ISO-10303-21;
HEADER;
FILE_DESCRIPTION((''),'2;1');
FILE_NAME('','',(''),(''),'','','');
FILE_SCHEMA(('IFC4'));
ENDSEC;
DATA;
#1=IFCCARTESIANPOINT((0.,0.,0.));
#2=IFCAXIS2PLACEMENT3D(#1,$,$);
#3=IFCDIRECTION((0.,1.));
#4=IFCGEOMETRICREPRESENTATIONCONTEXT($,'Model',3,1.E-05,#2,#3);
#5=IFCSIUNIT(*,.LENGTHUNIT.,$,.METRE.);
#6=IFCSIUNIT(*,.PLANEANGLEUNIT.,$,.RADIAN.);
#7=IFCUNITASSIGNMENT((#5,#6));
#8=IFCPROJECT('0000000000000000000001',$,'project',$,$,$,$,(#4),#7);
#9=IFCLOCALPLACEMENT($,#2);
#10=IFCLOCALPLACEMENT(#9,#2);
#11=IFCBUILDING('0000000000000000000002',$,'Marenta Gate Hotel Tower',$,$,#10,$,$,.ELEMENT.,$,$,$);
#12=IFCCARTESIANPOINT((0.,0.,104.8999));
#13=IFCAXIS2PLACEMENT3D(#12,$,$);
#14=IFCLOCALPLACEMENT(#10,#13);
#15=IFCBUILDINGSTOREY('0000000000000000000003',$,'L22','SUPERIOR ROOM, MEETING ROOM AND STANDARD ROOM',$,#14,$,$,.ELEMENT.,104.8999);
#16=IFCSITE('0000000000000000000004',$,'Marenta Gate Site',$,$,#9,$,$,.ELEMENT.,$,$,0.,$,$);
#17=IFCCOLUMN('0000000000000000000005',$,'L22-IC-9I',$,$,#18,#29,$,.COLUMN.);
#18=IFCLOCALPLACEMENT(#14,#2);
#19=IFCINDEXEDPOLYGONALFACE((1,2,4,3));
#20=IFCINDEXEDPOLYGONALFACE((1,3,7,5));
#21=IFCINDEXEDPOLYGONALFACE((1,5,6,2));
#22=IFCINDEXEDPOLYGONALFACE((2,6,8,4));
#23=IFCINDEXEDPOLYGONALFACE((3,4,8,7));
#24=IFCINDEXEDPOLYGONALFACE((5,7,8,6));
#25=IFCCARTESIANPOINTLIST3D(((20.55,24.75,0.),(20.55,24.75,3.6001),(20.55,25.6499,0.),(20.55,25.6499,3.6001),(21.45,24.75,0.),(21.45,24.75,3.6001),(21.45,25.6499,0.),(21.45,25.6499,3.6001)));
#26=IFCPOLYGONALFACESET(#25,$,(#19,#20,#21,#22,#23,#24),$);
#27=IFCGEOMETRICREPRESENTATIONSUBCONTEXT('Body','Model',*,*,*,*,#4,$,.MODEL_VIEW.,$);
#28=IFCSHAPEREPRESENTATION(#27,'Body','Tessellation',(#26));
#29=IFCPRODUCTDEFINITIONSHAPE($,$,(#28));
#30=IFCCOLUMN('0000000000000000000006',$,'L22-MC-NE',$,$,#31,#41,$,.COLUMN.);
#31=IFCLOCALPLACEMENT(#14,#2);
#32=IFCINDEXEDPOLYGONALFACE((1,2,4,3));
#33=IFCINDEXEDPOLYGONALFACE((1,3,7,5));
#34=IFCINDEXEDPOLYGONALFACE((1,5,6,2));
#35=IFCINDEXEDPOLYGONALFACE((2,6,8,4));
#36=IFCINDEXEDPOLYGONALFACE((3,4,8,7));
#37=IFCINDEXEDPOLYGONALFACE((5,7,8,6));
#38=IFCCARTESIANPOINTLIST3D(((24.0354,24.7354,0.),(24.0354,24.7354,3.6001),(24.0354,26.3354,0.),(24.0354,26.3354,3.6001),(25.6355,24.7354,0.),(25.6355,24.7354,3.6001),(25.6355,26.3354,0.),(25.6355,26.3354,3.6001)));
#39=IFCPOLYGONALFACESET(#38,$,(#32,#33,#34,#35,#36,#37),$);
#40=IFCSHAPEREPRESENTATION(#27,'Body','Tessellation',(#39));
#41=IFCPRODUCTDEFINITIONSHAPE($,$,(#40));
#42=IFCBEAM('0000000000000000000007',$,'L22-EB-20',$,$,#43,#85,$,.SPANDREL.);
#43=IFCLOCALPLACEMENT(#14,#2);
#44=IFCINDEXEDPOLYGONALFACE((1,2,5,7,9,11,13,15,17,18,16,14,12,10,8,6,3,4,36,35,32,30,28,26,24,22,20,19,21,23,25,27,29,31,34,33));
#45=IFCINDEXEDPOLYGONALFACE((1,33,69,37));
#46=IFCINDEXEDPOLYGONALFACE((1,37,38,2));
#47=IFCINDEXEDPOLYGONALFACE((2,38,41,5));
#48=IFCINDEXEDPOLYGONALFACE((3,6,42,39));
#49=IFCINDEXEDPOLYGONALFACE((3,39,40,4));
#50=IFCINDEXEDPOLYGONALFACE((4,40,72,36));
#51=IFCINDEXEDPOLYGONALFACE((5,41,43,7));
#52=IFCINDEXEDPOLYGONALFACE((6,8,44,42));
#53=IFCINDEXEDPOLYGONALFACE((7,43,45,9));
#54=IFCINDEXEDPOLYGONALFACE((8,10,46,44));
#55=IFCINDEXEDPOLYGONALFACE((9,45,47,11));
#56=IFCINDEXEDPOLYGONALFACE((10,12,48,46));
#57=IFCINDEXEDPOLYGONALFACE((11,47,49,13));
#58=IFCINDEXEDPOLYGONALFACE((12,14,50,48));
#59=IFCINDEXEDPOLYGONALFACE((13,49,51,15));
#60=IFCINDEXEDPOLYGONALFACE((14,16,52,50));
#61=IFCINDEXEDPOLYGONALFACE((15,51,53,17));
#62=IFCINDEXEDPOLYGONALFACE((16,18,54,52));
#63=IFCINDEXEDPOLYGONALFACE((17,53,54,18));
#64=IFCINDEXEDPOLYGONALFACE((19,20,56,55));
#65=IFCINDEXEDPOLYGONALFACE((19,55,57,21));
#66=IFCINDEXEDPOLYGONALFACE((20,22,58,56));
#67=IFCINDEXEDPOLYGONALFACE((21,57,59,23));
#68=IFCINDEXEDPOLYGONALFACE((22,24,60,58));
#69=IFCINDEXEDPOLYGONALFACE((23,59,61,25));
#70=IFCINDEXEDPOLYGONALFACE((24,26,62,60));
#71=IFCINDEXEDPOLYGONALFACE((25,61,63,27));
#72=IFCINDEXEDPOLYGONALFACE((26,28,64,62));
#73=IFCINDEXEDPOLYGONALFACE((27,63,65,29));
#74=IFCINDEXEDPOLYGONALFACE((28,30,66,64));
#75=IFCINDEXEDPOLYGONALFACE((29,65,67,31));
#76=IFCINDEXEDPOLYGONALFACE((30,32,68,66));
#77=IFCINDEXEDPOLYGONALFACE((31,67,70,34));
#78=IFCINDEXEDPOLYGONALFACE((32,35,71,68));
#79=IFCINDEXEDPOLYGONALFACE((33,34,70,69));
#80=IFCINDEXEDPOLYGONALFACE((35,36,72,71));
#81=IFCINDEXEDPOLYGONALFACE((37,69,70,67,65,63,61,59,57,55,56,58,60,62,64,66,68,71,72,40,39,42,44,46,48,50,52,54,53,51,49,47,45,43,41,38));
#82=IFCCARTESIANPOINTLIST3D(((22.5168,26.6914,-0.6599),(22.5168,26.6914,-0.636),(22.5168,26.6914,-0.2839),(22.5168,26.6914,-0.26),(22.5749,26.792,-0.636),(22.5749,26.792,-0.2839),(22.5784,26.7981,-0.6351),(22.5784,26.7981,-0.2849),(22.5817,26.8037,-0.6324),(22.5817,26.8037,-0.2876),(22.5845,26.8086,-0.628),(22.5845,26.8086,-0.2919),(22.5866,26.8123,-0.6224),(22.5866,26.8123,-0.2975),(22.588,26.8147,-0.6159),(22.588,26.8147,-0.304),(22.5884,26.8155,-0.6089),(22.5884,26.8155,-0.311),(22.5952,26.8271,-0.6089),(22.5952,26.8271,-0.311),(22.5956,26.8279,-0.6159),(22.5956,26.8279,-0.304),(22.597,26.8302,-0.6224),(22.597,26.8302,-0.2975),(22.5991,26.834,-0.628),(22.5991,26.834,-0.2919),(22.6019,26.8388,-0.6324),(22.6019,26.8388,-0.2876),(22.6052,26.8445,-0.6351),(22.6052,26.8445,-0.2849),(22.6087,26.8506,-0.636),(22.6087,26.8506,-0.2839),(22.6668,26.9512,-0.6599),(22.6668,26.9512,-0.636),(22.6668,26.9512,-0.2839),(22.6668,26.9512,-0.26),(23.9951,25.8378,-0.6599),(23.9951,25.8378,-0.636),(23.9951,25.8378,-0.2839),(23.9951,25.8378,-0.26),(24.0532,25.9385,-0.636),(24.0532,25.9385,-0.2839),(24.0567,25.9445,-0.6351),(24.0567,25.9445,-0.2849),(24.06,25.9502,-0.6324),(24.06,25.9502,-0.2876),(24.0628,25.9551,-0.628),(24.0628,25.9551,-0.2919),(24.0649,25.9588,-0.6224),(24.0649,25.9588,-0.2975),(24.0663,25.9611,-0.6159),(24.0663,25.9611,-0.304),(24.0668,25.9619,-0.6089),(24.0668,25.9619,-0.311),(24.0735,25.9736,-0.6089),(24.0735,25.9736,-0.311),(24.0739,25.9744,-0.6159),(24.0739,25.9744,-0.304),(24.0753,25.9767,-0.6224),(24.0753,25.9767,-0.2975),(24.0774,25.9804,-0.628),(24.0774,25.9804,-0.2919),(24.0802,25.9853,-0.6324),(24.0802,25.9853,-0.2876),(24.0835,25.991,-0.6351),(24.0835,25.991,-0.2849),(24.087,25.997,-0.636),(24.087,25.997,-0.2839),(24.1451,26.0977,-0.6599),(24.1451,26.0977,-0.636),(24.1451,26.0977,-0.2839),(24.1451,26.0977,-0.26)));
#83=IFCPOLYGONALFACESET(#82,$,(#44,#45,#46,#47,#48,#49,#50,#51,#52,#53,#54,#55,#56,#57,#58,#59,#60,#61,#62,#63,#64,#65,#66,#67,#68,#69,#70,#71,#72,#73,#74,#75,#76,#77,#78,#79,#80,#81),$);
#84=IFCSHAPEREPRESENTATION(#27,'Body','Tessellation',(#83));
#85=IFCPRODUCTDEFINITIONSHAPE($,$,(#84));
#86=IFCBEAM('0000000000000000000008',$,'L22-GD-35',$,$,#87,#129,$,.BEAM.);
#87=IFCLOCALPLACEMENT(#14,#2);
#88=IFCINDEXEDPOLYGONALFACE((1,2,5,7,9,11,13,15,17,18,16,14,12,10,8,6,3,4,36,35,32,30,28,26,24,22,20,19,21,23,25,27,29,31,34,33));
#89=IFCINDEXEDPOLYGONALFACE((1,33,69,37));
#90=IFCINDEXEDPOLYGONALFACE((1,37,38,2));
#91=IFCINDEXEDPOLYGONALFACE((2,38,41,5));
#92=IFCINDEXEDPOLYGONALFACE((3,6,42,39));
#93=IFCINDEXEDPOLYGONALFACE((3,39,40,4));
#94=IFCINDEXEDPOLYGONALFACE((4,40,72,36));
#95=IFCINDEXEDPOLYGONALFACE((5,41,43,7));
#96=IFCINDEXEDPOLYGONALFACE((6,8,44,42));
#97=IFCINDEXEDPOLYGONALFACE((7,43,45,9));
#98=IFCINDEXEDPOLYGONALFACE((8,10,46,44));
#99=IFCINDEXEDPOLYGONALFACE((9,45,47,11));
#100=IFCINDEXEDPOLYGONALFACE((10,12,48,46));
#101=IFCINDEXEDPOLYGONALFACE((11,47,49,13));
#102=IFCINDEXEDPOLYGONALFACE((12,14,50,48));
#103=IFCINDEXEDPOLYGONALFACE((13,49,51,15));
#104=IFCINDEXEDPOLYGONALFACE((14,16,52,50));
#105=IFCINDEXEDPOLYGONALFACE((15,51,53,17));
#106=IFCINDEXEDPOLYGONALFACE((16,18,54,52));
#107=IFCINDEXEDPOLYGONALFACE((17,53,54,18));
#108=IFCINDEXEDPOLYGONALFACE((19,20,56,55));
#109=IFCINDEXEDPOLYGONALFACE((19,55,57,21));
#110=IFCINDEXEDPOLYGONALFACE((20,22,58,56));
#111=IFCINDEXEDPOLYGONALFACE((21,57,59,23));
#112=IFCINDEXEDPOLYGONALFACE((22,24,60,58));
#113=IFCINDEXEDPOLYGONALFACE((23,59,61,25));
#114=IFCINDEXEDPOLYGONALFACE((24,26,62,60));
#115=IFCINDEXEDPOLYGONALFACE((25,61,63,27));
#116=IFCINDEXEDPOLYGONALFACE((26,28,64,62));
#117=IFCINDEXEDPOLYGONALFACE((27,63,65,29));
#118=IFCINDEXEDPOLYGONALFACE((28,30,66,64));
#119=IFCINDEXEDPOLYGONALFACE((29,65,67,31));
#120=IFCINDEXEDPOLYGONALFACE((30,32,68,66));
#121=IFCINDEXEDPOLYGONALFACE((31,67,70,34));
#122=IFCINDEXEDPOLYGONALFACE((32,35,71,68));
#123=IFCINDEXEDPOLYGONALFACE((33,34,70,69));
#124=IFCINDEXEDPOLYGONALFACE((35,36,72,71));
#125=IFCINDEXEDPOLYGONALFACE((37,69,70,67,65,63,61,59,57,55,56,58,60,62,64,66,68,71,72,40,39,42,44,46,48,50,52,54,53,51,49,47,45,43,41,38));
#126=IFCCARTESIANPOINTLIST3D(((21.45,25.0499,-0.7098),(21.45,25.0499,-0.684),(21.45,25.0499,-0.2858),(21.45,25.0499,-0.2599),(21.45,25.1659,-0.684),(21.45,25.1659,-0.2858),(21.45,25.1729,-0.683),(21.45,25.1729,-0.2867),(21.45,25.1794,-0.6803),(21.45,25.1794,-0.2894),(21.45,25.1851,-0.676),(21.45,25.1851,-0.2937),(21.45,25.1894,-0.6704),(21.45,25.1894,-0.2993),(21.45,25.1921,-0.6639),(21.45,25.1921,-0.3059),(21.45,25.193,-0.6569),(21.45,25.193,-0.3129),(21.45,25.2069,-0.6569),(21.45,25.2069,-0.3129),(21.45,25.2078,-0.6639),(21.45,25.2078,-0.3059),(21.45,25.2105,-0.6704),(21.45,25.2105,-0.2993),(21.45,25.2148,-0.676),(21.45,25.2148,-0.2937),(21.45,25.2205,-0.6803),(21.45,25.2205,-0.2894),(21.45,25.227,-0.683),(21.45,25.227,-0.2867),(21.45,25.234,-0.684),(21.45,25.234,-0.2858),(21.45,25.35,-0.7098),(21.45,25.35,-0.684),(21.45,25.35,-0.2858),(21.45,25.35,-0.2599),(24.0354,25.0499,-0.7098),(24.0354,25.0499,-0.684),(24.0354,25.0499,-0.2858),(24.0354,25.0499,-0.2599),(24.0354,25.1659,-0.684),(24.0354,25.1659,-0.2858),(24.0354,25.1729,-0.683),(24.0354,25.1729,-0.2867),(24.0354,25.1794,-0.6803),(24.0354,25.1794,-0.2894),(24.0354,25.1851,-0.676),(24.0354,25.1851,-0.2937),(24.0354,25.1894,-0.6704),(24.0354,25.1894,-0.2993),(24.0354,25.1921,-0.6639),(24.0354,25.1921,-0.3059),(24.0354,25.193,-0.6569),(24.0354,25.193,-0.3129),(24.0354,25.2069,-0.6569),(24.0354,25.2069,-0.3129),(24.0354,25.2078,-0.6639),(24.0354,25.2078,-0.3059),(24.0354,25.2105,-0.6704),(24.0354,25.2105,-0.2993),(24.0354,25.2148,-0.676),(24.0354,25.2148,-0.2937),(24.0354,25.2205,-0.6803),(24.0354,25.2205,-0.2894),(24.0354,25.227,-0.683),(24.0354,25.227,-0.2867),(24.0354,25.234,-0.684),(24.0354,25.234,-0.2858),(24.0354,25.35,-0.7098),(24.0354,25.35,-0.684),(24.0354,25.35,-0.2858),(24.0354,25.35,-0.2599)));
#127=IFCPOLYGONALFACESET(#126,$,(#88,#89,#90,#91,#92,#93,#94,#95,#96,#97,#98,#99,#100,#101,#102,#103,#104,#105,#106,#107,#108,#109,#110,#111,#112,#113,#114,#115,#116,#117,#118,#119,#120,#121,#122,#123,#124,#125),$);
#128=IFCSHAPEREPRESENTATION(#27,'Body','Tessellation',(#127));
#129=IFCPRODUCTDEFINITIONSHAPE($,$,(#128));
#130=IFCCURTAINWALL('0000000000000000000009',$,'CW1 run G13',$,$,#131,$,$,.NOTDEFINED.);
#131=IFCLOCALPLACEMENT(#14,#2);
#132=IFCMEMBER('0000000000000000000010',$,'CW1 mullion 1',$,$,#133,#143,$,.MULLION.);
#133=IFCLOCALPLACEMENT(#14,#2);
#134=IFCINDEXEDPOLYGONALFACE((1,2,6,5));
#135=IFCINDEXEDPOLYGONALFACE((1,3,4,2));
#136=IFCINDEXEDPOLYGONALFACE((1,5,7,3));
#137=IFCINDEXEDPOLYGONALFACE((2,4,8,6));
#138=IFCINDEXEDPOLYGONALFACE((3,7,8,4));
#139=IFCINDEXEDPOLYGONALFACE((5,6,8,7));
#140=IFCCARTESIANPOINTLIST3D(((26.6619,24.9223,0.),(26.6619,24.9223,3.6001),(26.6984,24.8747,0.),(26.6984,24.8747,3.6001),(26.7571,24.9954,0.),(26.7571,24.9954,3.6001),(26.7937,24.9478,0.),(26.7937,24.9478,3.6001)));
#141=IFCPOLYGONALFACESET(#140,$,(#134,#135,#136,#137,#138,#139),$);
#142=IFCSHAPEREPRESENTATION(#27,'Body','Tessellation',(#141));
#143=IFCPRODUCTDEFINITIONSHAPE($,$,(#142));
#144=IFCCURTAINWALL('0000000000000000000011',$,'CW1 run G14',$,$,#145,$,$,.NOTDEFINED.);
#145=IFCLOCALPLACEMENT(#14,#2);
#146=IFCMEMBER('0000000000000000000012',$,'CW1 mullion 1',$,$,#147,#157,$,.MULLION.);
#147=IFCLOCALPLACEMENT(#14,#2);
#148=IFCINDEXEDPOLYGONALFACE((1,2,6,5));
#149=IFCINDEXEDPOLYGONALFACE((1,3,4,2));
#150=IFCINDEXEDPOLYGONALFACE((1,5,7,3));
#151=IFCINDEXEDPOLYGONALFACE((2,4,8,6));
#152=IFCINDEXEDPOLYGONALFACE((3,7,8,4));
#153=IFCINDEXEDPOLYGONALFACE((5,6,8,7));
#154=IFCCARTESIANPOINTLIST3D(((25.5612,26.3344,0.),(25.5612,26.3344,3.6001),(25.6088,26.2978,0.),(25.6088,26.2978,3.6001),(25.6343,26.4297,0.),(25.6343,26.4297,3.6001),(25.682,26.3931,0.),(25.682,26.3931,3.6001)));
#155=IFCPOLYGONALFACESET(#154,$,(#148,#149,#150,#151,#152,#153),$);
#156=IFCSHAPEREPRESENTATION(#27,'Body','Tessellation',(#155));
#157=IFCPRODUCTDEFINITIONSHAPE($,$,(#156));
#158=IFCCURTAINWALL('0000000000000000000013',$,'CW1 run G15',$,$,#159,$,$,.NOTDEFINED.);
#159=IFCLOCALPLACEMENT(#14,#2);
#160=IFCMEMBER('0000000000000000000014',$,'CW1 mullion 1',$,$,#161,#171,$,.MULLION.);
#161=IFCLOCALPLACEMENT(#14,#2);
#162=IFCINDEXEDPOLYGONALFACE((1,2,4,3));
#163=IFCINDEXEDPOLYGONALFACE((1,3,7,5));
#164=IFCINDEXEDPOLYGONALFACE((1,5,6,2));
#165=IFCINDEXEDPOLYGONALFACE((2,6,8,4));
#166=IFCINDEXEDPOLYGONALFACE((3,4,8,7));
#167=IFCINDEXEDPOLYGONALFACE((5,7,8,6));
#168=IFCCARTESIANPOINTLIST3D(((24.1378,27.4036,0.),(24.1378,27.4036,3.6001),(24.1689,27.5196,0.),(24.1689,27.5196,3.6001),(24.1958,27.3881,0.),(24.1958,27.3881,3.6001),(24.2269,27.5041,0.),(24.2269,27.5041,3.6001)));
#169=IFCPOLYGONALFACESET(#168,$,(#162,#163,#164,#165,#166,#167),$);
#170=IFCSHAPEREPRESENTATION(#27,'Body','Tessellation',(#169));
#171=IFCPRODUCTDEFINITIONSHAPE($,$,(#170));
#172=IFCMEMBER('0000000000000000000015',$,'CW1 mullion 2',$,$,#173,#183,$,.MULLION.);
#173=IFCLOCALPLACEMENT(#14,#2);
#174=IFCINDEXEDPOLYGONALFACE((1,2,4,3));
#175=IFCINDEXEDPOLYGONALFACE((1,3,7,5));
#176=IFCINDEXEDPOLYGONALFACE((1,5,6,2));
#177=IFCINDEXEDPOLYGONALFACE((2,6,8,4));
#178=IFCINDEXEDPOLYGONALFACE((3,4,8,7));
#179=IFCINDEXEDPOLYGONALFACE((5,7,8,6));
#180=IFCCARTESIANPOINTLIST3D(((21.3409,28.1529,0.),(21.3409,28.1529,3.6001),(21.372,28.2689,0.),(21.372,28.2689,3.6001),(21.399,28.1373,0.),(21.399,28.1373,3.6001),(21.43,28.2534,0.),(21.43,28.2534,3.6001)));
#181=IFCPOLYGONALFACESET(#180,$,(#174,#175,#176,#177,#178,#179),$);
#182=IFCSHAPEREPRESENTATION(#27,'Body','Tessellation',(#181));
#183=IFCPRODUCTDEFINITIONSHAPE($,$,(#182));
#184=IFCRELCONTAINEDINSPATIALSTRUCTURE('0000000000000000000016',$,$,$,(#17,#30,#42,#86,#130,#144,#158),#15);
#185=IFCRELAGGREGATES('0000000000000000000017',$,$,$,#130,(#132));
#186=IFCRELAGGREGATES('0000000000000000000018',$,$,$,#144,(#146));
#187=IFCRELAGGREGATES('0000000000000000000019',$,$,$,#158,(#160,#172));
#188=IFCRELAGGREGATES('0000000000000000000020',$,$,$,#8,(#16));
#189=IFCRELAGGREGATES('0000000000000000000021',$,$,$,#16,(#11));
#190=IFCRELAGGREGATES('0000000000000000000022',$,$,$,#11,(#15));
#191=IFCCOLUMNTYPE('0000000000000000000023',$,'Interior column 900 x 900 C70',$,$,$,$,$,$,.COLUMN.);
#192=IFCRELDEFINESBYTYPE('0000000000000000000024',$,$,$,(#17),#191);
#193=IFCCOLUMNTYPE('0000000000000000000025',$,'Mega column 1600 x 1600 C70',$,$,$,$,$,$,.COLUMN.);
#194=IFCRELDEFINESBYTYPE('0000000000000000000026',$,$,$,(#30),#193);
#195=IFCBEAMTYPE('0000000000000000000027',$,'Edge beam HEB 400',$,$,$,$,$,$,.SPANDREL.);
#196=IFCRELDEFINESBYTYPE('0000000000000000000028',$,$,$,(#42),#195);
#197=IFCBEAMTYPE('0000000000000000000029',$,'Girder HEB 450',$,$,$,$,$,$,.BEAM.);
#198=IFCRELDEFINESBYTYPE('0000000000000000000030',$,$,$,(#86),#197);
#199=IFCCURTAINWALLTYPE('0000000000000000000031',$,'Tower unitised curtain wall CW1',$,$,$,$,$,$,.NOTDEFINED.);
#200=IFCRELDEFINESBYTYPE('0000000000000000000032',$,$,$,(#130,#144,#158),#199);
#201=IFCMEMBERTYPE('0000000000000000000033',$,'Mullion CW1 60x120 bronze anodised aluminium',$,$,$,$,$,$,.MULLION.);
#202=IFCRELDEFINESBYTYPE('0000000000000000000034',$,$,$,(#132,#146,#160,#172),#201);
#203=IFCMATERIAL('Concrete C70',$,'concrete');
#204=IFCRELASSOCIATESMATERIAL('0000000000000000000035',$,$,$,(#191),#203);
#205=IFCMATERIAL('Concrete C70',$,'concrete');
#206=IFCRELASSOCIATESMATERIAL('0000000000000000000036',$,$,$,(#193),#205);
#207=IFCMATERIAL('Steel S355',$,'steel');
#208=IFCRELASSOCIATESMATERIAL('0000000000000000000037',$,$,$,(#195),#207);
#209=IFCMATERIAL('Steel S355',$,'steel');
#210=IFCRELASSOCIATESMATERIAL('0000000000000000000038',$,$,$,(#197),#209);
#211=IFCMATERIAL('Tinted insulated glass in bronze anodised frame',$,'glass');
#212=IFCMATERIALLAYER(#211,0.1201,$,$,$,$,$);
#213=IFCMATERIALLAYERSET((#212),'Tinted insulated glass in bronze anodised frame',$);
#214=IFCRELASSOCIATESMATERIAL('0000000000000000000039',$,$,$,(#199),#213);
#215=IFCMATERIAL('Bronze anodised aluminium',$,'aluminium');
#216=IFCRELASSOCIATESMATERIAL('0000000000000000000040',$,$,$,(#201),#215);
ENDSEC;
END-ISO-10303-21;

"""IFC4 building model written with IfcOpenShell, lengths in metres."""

from ifc_helpers import new_model, si_unit, direction, frame, origin, origin_2d, place, context, subcontext, project, spatial, rectangle, i_section, extrude, material, layer, layer_set, material_profile, profile_set, type_object, element, aggregate, save


model = new_model("IFC4")

# Units and contexts
model_context = context("Model", 3, precision=1e-05, world=origin(), true_north=direction((0.0, 1.0)))
body_context = subcontext(model_context, "Body", "Model", "MODEL_VIEW")
ifc_project = project(units=[si_unit("LENGTHUNIT", "METRE"), si_unit("PLANEANGLEUNIT", "RADIAN")], contexts=[model_context])

# Site, building, storey
site_placement = place(None, origin())
site = spatial("IfcSite", under=ifc_project, at=site_placement, Name="Marenta Gate Site", CompositionType="ELEMENT", RefElevation=0.0)
building_placement = place(site_placement, origin())
building = spatial("IfcBuilding", under=site, at=building_placement, Name="Marenta Gate Hotel Tower", CompositionType="ELEMENT")
storey_placement = place(building_placement, frame((0.0, 0.0, 104.8999)))
storey = spatial("IfcBuildingStorey", under=building, at=storey_placement, Name="L22", Description="SUPERIOR ROOM, MEETING ROOM AND STANDARD ROOM", CompositionType="ELEMENT", Elevation=104.8999)

# Columns
ifc_material_1 = material(Name="Concrete C70", Category="concrete")
ifc_material_profile_1 = material_profile(ifc_material_1, rectangle(XDim=0.8999, YDim=0.8999, at=origin_2d()), Name="900 x 900")
ifc_profile_set_1 = profile_set([ifc_material_profile_1], Name="Concrete C70")
column_type_1 = type_object("IfcColumnType", Name="Interior column 900 x 900 C70", PredefinedType="COLUMN", material=ifc_profile_set_1)
column_1_placement = place(storey_placement, frame((21.0, 25.2, 0.0), z_axis=(0.0, 0.0, 1.0), x_axis=(1.0, 0.0, 0.0)))
element("IfcColumn", 1, at=column_1_placement, inside=storey, type_object=column_type_1, Name="L22-IC-9I", PredefinedType="COLUMN", context=body_context, shape_type="SweptSolid", body=[
    extrude(rectangle(XDim=0.8999, YDim=0.8999, at=origin_2d()), origin(), (0.0, 0.0, 1.0), 3.6001),
])
ifc_material_2 = material(Name="Concrete C70", Category="concrete")
ifc_material_profile_2 = material_profile(ifc_material_2, rectangle(XDim=1.6001, YDim=1.6001, at=origin_2d()), Name="1600 x 1600")
ifc_profile_set_2 = profile_set([ifc_material_profile_2], Name="Concrete C70")
column_type_2 = type_object("IfcColumnType", Name="Mega column 1600 x 1600 C70", PredefinedType="COLUMN", material=ifc_profile_set_2)
column_2_placement = place(storey_placement, frame((24.8354, 25.5354, 0.0), z_axis=(0.0, 0.0, 1.0), x_axis=(1.0, 0.0, 0.0)))
element("IfcColumn", 2, at=column_2_placement, inside=storey, type_object=column_type_2, Name="L22-MC-NE", PredefinedType="COLUMN", context=body_context, shape_type="SweptSolid", body=[
    extrude(rectangle(XDim=1.6001, YDim=1.6001, at=origin_2d()), origin(), (0.0, 0.0, 1.0), 3.6001),
])

# Beams
ifc_material_3 = material(Name="Steel S355", Category="steel")
ifc_material_profile_3 = material_profile(ifc_material_3, i_section(OverallWidth=0.3, OverallDepth=0.3999, WebThickness=0.0134, FlangeThickness=0.0239, FilletRadius=0.0271, at=origin_2d()), Name="HEB 400")
ifc_profile_set_3 = profile_set([ifc_material_profile_3], Name="Steel S355")
beam_type_1 = type_object("IfcBeamType", Name="Edge beam HEB 400", PredefinedType="SPANDREL", material=ifc_profile_set_3)
beam_1_placement = place(storey_placement, frame((22.5918, 26.8213, -0.46), z_axis=(0.866016, -0.500015, 0.0), x_axis=(0.500015, 0.866016, 0.0)))
element("IfcBeam", 3, at=beam_1_placement, inside=storey, type_object=beam_type_1, Name="L22-EB-20", PredefinedType="SPANDREL", context=body_context, shape_type="SweptSolid", body=[
    extrude(i_section(OverallWidth=0.3, OverallDepth=0.3999, WebThickness=0.0134, FlangeThickness=0.0239, FilletRadius=0.0271, at=origin_2d()), origin(), (0.0, 0.0, 1.0), 1.707),
])
ifc_material_4 = material(Name="Steel S355", Category="steel")
ifc_material_profile_4 = material_profile(ifc_material_4, i_section(OverallWidth=0.3, OverallDepth=0.45, WebThickness=0.0139, FlangeThickness=0.0259, FilletRadius=0.0271, at=origin_2d()), Name="HEB 450")
ifc_profile_set_4 = profile_set([ifc_material_profile_4], Name="Steel S355")
beam_type_2 = type_object("IfcBeamType", Name="Girder HEB 450", PredefinedType="BEAM", material=ifc_profile_set_4)
beam_2_placement = place(storey_placement, frame((21.45, 25.2, -0.4849), z_axis=(1.0, 0.0, 0.0), x_axis=(0.0, 1.0, 0.0)))
element("IfcBeam", 4, at=beam_2_placement, inside=storey, type_object=beam_type_2, Name="L22-GD-35", PredefinedType="BEAM", context=body_context, shape_type="SweptSolid", body=[
    extrude(i_section(OverallWidth=0.3, OverallDepth=0.45, WebThickness=0.0139, FlangeThickness=0.0259, FilletRadius=0.0271, at=origin_2d()), origin(), (0.0, 0.0, 1.0), 2.5854),
])

# Curtain walls, members
ifc_material_5 = material(Name="Tinted insulated glass in bronze anodised frame", Category="glass")
ifc_layer_1 = layer(ifc_material_5, 0.1201)
ifc_layer_set_1 = layer_set([ifc_layer_1], Name="Tinted insulated glass in bronze anodised frame")
curtain_wall_type = type_object("IfcCurtainWallType", Name="Tower unitised curtain wall CW1", PredefinedType="NOTDEFINED", material=ifc_layer_set_1)
curtain_wall_1_placement = place(storey_placement, origin())
curtain_wall_1 = element("IfcCurtainWall", 5, at=curtain_wall_1_placement, inside=storey, type_object=curtain_wall_type, Name="CW1 run G13", PredefinedType="NOTDEFINED")
ifc_material_6 = material(Name="Bronze anodised aluminium", Category="aluminium")
ifc_material_profile_5 = material_profile(ifc_material_6, rectangle(XDim=0.1201, YDim=0.0601, at=origin_2d()), Name="Mullion CW1 60x120 bronze anodised aluminium")
ifc_profile_set_5 = profile_set([ifc_material_profile_5], Name="Bronze anodised aluminium")
member_type_1 = type_object("IfcMemberType", Name="Mullion CW1 60x120 bronze anodised aluminium", PredefinedType="MULLION", material=ifc_profile_set_5)
member_1_placement = place(storey_placement, frame((26.7278, 24.9351, 0.0), z_axis=(0.0, 0.0, 1.0), x_axis=(-0.793327, -0.608796, 0.0)))
member_1 = element("IfcMember", 6, at=member_1_placement, type_object=member_type_1, Name="CW1 mullion 1", PredefinedType="MULLION", context=body_context, shape_type="SweptSolid", body=[
    extrude(rectangle(XDim=0.1201, YDim=0.0601, at=origin_2d()), origin(), (0.0, 0.0, 1.0), 3.6001),
])
curtain_wall_2_placement = place(storey_placement, origin())
curtain_wall_2 = element("IfcCurtainWall", 7, at=curtain_wall_2_placement, inside=storey, type_object=curtain_wall_type, Name="CW1 run G14", PredefinedType="NOTDEFINED")
member_2_placement = place(storey_placement, frame((25.6216, 26.3638, 0.0), z_axis=(0.0, 0.0, 1.0), x_axis=(-0.608796, -0.793327, 0.0)))
member_2 = element("IfcMember", 8, at=member_2_placement, type_object=member_type_1, Name="CW1 mullion 1", PredefinedType="MULLION", context=body_context, shape_type="SweptSolid", body=[
    extrude(rectangle(XDim=0.1201, YDim=0.0601, at=origin_2d()), origin(), (0.0, 0.0, 1.0), 3.6001),
])

# Curtain wall, members
curtain_wall_3_placement = place(storey_placement, origin())
curtain_wall_3 = element("IfcCurtainWall", 9, at=curtain_wall_3_placement, inside=storey, type_object=curtain_wall_type, Name="CW1 run G15", PredefinedType="NOTDEFINED")
member_3_placement = place(storey_placement, frame((24.1824, 27.4539, 0.0), z_axis=(0.0, 0.0, 1.0), x_axis=(-0.258806, -0.965929, 0.0)))
member_3 = element("IfcMember", 10, at=member_3_placement, type_object=member_type_1, Name="CW1 mullion 1", PredefinedType="MULLION", context=body_context, shape_type="SweptSolid", body=[
    extrude(rectangle(XDim=0.1201, YDim=0.0601, at=origin_2d()), origin(), (0.0, 0.0, 1.0), 3.6001),
])
member_4_placement = place(storey_placement, frame((21.3855, 28.2031, 0.0), z_axis=(0.0, 0.0, 1.0), x_axis=(-0.258806, -0.965929, 0.0)))
member_4 = element("IfcMember", 11, at=member_4_placement, type_object=member_type_1, Name="CW1 mullion 2", PredefinedType="MULLION", context=body_context, shape_type="SweptSolid", body=[
    extrude(rectangle(XDim=0.1201, YDim=0.0601, at=origin_2d()), origin(), (0.0, 0.0, 1.0), 3.6001),
])

aggregate(curtain_wall_1, [member_1])
aggregate(curtain_wall_2, [member_2])
aggregate(curtain_wall_3, [member_3, member_4])

save(model, "model.ifc")
